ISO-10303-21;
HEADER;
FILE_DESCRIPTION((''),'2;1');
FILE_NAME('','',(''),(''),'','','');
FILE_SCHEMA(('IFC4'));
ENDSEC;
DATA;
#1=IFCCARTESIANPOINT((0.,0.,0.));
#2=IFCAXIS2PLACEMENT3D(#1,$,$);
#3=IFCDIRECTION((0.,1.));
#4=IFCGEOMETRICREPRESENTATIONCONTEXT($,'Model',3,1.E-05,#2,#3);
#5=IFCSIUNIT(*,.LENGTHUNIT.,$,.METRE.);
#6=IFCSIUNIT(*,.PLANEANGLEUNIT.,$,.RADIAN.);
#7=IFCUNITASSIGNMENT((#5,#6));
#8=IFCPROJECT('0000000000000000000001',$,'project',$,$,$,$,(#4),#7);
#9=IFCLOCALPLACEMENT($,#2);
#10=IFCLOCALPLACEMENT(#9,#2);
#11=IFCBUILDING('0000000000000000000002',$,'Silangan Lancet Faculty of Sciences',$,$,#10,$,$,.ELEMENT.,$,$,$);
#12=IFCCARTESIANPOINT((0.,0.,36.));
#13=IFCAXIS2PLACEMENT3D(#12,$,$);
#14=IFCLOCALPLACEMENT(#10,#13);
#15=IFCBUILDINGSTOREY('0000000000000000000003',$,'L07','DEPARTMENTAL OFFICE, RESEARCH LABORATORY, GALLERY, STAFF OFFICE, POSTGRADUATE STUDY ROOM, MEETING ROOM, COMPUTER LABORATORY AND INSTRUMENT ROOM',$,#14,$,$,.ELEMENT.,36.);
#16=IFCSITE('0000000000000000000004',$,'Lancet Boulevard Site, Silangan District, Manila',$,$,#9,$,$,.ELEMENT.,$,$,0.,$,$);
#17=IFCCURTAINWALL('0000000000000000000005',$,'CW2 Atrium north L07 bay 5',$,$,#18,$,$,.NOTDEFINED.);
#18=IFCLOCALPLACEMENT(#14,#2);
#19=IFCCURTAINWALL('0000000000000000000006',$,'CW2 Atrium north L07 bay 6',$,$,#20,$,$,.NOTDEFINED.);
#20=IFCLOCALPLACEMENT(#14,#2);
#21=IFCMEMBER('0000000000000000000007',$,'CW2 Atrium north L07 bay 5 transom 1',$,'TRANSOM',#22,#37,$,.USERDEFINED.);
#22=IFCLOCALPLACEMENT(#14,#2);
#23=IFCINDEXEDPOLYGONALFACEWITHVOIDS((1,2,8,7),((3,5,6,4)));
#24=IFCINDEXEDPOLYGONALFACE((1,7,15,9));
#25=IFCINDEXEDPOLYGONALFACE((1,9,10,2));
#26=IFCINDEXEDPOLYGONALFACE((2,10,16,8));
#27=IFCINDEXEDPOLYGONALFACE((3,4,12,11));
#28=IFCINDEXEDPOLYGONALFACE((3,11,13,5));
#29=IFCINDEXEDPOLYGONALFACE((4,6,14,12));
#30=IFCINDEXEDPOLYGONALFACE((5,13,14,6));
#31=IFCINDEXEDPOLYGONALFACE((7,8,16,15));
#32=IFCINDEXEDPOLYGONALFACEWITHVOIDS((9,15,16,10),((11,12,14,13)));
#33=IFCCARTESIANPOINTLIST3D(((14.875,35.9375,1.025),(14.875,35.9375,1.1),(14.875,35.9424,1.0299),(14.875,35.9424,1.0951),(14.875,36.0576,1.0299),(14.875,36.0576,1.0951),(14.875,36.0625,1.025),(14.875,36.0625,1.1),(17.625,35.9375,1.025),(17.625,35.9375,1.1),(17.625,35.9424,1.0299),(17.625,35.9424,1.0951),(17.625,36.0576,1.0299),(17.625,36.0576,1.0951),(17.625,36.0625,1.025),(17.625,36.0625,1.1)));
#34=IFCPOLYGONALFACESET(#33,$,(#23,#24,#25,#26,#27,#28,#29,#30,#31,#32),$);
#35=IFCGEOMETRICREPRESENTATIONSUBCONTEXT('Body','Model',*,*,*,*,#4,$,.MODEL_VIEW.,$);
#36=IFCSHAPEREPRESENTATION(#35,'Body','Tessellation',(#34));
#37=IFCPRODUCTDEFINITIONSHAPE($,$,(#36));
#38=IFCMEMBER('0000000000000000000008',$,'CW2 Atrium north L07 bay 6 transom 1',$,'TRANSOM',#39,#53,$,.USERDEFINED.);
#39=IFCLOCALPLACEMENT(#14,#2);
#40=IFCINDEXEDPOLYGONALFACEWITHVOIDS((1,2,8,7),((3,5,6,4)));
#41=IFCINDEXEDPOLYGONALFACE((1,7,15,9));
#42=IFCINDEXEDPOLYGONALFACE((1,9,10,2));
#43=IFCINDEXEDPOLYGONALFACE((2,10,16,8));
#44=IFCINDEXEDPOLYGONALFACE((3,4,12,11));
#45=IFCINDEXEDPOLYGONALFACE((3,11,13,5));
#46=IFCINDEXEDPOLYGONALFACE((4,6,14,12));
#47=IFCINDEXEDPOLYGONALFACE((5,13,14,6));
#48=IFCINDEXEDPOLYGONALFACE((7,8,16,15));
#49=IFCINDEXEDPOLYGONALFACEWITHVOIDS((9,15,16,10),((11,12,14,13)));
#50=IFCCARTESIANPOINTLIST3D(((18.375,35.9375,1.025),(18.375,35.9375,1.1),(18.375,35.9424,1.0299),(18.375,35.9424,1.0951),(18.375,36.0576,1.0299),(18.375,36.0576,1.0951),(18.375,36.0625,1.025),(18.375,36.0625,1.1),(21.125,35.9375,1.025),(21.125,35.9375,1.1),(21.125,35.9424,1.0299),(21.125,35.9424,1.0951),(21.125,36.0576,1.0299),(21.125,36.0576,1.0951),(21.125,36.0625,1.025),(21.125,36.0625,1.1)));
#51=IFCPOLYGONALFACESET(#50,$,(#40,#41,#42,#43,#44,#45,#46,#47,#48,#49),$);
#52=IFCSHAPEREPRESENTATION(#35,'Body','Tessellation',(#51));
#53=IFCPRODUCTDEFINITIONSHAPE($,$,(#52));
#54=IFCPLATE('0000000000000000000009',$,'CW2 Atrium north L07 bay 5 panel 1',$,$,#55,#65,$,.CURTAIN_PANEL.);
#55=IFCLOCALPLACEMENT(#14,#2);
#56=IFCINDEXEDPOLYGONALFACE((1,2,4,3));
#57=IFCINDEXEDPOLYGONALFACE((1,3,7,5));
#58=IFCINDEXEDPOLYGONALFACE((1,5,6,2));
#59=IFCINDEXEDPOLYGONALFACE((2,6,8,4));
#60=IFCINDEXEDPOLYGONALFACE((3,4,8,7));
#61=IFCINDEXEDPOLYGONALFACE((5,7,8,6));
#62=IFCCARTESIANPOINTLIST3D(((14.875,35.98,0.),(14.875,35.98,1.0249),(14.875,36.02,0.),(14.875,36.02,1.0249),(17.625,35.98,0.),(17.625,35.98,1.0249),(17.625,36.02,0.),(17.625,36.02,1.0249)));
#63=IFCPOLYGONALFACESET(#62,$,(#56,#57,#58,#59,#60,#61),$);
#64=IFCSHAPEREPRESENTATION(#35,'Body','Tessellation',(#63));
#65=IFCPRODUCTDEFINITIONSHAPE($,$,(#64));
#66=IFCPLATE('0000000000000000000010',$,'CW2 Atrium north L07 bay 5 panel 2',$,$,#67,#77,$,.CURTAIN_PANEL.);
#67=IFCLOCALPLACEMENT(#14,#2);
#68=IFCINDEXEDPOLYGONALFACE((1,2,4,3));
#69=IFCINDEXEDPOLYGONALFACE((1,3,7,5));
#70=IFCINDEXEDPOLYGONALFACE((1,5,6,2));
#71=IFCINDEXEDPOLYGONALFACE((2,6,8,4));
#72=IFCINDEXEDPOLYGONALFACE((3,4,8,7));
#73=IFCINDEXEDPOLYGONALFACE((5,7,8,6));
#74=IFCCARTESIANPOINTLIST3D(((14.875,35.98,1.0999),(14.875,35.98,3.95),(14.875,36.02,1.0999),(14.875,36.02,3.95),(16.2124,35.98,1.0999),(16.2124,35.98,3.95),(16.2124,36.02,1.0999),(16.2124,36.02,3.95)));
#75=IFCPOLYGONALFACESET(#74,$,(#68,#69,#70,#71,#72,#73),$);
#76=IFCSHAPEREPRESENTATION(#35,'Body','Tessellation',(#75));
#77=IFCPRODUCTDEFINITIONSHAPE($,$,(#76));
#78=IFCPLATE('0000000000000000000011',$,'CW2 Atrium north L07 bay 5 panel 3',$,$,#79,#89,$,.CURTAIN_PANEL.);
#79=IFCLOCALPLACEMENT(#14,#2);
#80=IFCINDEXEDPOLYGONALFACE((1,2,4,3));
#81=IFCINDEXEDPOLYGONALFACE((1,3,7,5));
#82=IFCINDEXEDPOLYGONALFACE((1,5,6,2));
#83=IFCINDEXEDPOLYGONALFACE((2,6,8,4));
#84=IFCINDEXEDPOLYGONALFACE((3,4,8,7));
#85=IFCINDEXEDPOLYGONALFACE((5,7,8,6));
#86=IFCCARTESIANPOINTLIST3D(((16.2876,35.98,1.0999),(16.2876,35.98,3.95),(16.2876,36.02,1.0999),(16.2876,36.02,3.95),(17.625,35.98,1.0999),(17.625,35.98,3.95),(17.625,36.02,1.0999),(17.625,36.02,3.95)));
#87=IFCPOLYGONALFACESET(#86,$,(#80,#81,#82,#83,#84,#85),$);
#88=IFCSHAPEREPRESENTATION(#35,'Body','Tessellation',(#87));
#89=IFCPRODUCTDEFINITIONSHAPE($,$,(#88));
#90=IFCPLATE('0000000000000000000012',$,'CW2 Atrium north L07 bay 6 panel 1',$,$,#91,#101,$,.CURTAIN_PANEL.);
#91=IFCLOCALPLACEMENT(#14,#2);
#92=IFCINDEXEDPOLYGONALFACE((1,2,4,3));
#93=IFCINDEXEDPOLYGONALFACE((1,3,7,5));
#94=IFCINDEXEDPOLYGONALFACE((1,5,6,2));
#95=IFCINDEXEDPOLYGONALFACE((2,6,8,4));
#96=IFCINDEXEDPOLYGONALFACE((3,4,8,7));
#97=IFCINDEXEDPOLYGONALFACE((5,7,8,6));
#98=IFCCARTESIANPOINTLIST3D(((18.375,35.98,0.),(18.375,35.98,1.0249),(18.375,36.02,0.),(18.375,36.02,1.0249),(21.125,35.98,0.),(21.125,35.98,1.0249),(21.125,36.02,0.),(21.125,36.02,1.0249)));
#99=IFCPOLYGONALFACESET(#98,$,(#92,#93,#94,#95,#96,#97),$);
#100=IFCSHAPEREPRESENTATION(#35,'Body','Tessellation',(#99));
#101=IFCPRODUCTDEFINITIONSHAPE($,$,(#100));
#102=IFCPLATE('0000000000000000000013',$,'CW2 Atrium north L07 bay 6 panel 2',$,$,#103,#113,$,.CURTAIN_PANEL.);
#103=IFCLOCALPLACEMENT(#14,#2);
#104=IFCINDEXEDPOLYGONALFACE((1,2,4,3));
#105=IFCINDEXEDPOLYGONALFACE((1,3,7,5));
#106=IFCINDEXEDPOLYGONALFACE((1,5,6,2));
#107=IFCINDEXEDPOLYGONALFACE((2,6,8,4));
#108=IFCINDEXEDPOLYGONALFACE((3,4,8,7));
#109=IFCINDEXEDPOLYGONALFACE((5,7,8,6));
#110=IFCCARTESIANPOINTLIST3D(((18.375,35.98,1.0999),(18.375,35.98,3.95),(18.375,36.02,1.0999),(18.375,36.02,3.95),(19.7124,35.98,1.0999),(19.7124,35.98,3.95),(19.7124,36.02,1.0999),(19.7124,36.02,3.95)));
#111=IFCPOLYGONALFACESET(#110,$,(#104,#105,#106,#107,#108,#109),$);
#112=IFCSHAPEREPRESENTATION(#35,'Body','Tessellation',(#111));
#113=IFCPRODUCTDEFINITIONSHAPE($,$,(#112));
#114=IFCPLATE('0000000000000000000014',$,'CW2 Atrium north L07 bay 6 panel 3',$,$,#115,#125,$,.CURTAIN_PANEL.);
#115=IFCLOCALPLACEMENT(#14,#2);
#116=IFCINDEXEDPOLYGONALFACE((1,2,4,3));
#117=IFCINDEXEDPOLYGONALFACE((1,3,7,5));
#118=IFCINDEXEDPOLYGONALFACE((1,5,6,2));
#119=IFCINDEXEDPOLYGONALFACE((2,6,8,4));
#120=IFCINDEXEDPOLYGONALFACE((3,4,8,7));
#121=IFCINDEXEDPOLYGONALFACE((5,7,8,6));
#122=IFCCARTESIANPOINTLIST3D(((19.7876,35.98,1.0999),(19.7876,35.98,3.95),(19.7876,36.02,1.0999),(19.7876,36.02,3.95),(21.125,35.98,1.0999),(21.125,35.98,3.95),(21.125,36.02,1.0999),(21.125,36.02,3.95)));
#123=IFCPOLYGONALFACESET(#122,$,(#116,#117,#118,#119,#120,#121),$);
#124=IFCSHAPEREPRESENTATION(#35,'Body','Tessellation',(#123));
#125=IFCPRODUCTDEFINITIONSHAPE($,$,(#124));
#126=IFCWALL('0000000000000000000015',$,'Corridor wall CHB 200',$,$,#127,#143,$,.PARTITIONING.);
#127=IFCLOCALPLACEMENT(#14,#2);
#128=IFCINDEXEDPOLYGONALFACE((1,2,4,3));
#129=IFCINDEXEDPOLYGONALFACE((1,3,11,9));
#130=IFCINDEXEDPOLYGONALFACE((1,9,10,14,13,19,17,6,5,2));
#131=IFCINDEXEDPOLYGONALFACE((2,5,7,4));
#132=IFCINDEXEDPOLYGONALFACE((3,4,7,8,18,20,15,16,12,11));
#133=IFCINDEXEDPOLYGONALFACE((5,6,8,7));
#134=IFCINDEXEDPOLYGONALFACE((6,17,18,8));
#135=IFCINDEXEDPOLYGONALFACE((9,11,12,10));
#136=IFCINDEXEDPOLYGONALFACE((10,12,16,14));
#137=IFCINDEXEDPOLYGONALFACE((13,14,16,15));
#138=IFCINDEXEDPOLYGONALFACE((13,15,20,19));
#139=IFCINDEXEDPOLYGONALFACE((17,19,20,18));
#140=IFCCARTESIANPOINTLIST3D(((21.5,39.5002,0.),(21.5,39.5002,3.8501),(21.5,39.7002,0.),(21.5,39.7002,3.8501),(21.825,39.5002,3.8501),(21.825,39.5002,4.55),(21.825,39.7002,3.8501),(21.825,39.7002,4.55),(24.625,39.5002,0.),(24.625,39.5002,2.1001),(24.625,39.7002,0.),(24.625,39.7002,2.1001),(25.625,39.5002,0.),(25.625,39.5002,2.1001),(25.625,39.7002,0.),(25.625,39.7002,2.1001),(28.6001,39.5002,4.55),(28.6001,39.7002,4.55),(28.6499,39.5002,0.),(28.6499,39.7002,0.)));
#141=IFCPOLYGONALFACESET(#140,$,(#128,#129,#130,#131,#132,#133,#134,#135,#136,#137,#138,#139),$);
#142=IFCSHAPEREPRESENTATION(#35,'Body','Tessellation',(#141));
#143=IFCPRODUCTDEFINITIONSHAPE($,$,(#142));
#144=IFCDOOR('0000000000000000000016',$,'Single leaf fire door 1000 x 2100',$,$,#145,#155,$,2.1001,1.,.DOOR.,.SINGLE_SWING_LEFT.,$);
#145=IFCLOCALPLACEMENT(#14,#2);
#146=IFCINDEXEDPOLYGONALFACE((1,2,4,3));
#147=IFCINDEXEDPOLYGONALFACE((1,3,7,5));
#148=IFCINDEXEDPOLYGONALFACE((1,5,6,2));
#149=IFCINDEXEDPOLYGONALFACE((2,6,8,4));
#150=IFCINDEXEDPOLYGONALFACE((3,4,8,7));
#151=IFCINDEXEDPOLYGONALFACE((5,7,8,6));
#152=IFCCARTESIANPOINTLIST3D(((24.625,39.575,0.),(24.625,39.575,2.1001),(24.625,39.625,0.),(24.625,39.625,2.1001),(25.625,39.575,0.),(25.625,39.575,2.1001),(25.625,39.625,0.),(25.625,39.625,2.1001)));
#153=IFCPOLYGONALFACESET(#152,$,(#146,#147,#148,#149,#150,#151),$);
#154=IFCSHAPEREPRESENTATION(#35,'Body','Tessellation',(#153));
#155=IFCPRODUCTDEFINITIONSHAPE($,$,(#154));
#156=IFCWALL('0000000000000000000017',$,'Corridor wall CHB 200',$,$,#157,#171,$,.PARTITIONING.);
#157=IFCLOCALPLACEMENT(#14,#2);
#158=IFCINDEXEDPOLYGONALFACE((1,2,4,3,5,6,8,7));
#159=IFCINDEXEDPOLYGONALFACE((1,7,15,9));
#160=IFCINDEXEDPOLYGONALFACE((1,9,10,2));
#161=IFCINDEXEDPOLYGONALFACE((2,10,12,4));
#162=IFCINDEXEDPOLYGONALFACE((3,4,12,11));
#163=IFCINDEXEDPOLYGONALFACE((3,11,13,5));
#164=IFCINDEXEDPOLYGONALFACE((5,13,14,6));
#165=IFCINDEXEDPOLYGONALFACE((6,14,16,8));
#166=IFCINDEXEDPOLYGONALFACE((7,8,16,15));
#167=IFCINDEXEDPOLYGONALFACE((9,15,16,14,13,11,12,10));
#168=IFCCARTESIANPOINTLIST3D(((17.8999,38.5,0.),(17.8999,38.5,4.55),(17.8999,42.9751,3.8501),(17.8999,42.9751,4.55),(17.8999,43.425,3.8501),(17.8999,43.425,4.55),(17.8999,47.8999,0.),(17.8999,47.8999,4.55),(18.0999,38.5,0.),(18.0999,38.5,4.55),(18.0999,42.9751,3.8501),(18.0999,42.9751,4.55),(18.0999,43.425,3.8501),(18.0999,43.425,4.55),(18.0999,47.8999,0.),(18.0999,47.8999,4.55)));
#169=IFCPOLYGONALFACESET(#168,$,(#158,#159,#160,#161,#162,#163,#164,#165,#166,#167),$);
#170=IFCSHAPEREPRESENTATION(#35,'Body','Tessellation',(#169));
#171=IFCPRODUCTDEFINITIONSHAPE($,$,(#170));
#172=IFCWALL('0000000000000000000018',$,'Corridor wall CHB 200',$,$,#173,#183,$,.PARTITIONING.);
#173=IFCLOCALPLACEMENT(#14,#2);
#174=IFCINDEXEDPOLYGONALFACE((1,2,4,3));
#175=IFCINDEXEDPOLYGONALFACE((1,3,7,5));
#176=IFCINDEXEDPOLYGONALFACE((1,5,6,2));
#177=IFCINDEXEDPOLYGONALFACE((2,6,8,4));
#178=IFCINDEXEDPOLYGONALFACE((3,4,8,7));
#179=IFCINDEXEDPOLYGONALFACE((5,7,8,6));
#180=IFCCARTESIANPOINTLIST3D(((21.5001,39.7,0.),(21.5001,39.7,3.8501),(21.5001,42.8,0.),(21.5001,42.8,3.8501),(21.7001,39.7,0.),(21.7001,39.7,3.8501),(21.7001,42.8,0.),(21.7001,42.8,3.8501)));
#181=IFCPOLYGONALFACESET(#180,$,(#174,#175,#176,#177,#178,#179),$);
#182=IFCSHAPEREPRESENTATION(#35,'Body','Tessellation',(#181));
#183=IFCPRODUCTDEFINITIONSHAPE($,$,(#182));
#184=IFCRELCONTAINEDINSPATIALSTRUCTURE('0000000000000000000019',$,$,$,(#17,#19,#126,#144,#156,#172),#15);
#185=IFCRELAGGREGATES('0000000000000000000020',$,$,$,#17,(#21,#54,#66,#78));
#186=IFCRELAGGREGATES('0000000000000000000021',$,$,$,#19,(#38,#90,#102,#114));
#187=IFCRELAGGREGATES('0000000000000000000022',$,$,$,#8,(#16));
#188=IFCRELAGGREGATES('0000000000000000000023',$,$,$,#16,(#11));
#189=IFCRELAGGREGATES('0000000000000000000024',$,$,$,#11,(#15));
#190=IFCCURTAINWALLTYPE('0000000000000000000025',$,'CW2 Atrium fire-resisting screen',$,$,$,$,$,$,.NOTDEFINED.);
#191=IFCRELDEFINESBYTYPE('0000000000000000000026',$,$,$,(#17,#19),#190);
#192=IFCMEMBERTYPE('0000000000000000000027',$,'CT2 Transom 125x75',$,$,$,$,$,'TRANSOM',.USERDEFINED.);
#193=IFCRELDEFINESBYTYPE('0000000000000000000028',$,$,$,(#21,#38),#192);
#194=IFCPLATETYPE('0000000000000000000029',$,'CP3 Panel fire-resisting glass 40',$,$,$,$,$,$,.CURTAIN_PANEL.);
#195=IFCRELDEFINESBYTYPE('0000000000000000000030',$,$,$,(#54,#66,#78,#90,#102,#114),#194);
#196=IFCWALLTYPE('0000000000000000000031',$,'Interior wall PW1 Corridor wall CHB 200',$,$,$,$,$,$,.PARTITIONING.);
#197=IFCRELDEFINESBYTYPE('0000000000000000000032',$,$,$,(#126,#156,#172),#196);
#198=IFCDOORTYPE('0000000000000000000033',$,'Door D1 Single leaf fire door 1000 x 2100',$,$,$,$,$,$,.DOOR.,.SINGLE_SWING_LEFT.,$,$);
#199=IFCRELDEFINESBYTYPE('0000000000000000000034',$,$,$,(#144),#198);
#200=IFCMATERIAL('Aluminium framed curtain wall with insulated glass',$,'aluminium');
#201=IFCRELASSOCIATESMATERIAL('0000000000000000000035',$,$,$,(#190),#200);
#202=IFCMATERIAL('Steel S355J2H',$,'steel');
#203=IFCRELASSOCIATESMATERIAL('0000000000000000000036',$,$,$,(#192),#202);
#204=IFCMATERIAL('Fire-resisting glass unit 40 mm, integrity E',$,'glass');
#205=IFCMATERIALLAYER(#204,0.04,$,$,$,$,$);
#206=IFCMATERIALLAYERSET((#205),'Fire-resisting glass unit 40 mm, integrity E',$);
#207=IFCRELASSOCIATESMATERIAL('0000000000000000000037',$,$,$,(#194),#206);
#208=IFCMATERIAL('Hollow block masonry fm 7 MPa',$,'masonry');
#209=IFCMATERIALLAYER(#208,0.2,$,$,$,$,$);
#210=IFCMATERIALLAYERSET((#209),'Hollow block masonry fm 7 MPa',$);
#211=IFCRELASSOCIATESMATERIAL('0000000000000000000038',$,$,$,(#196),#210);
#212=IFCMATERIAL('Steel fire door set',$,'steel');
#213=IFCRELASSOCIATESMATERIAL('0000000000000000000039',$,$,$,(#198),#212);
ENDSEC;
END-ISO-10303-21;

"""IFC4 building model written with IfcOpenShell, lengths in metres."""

from ifc_helpers import new_model, si_unit, direction, frame, frame_2d, origin, origin_2d, place, context, subcontext, project, spatial, polyline, rectangle, hollow_rectangle, outline, extrude, material, layer, layer_set, material_profile, profile_set, type_object, element, fill, aggregate, save


model = new_model("IFC4")

# Units and contexts
model_context = context("Model", 3, precision=1e-05, world=origin(), true_north=direction((0.0, 1.0)))
body_context = subcontext(model_context, "Body", "Model", "MODEL_VIEW")
ifc_project = project(units=[si_unit("LENGTHUNIT", "METRE"), si_unit("PLANEANGLEUNIT", "RADIAN")], contexts=[model_context])

# Site, building, storey
site_placement = place(None, origin())
site = spatial("IfcSite", under=ifc_project, at=site_placement, Name="Lancet Boulevard Site, Silangan District, Manila", CompositionType="ELEMENT", RefElevation=0.0)
building_placement = place(site_placement, origin())
building = spatial("IfcBuilding", under=site, at=building_placement, Name="Silangan Lancet Faculty of Sciences", CompositionType="ELEMENT")
storey_placement = place(building_placement, frame((0.0, 0.0, 36.0)))
storey = spatial("IfcBuildingStorey", under=building, at=storey_placement, Name="L07", Description="DEPARTMENTAL OFFICE, RESEARCH LABORATORY, GALLERY, STAFF OFFICE, POSTGRADUATE STUDY ROOM, MEETING ROOM, COMPUTER LABORATORY AND INSTRUMENT ROOM", CompositionType="ELEMENT", Elevation=36.0)

# Curtain walls
ifc_material_1 = material(Name="Aluminium framed curtain wall with insulated glass", Category="aluminium")
curtain_wall_type = type_object("IfcCurtainWallType", Name="CW2 Atrium fire-resisting screen", PredefinedType="NOTDEFINED", material=ifc_material_1)
curtain_wall_1_placement = place(storey_placement, origin())
curtain_wall_1 = element("IfcCurtainWall", 1, at=curtain_wall_1_placement, inside=storey, type_object=curtain_wall_type, Name="CW2 Atrium north L07 bay 5", PredefinedType="NOTDEFINED")
curtain_wall_2_placement = place(storey_placement, origin())
curtain_wall_2 = element("IfcCurtainWall", 2, at=curtain_wall_2_placement, inside=storey, type_object=curtain_wall_type, Name="CW2 Atrium north L07 bay 6", PredefinedType="NOTDEFINED")

# Members
ifc_material_2 = material(Name="Steel S355J2H", Category="steel")
ifc_material_profile_1 = material_profile(ifc_material_2, hollow_rectangle(XDim=0.125, YDim=0.075, WallThickness=0.0049, at=origin_2d()), Name="ST BOX 125x75x5")
ifc_profile_set_1 = profile_set([ifc_material_profile_1], Name="Steel S355J2H")
member_type_1 = type_object("IfcMemberType", Name="CT2 Transom 125x75", ElementType="TRANSOM", PredefinedType="USERDEFINED", material=ifc_profile_set_1)
member_1_placement = place(storey_placement, frame((14.875, 36.0, 1.0625), z_axis=(1.0, 0.0, 0.0), x_axis=(0.0, 1.0, 0.0)))
member_1 = element("IfcMember", 3, at=member_1_placement, type_object=member_type_1, Name="CW2 Atrium north L07 bay 5 transom 1", ObjectType="TRANSOM", PredefinedType="USERDEFINED", context=body_context, shape_type="SweptSolid", body=[
    extrude(hollow_rectangle(XDim=0.125, YDim=0.075, WallThickness=0.0049, at=origin_2d()), origin(), (0.0, 0.0, 1.0), 2.75),
])
member_2_placement = place(storey_placement, frame((18.375, 36.0, 1.0625), z_axis=(1.0, 0.0, 0.0), x_axis=(0.0, 1.0, 0.0)))
member_2 = element("IfcMember", 4, at=member_2_placement, type_object=member_type_1, Name="CW2 Atrium north L07 bay 6 transom 1", ObjectType="TRANSOM", PredefinedType="USERDEFINED", context=body_context, shape_type="SweptSolid", body=[
    extrude(hollow_rectangle(XDim=0.125, YDim=0.075, WallThickness=0.0049, at=origin_2d()), origin(), (0.0, 0.0, 1.0), 2.75),
])

# Plates
ifc_material_3 = material(Name="Fire-resisting glass unit 40 mm, integrity E", Category="glass")
ifc_layer_1 = layer(ifc_material_3, 0.04)
ifc_layer_set_1 = layer_set([ifc_layer_1], Name="Fire-resisting glass unit 40 mm, integrity E")
plate_type = type_object("IfcPlateType", Name="CP3 Panel fire-resisting glass 40", PredefinedType="CURTAIN_PANEL", material=ifc_layer_set_1)
plate_1_placement = place(storey_placement, frame((16.25, 36.0, 0.0), z_axis=(0.0, 0.0, 1.0), x_axis=(1.0, 0.0, 0.0)))
plate_1 = element("IfcPlate", 5, at=plate_1_placement, type_object=plate_type, Name="CW2 Atrium north L07 bay 5 panel 1", PredefinedType="CURTAIN_PANEL", context=body_context, shape_type="SweptSolid", body=[
    extrude(rectangle(XDim=2.75, YDim=0.04, at=origin_2d()), origin(), (0.0, 0.0, 1.0), 1.0249),
])
plate_2_placement = place(storey_placement, frame((15.5437, 36.0, 1.0999), z_axis=(0.0, 0.0, 1.0), x_axis=(1.0, 0.0, 0.0)))
plate_2 = element("IfcPlate", 6, at=plate_2_placement, type_object=plate_type, Name="CW2 Atrium north L07 bay 5 panel 2", PredefinedType="CURTAIN_PANEL", context=body_context, shape_type="SweptSolid", body=[
    extrude(rectangle(XDim=1.3374, YDim=0.04, at=origin_2d()), origin(), (0.0, 0.0, 1.0), 2.8501),
])
plate_3_placement = place(storey_placement, frame((16.9563, 36.0, 1.0999), z_axis=(0.0, 0.0, 1.0), x_axis=(1.0, 0.0, 0.0)))
plate_3 = element("IfcPlate", 7, at=plate_3_placement, type_object=plate_type, Name="CW2 Atrium north L07 bay 5 panel 3", PredefinedType="CURTAIN_PANEL", context=body_context, shape_type="SweptSolid", body=[
    extrude(rectangle(XDim=1.3374, YDim=0.04, at=origin_2d()), origin(), (0.0, 0.0, 1.0), 2.8501),
])
aggregate(curtain_wall_1, [member_1, plate_1, plate_2, plate_3])
plate_4_placement = place(storey_placement, frame((19.75, 36.0, 0.0), z_axis=(0.0, 0.0, 1.0), x_axis=(1.0, 0.0, 0.0)))
plate_4 = element("IfcPlate", 8, at=plate_4_placement, type_object=plate_type, Name="CW2 Atrium north L07 bay 6 panel 1", PredefinedType="CURTAIN_PANEL", context=body_context, shape_type="SweptSolid", body=[
    extrude(rectangle(XDim=2.75, YDim=0.04, at=origin_2d()), origin(), (0.0, 0.0, 1.0), 1.0249),
])
plate_5_placement = place(storey_placement, frame((19.0437, 36.0, 1.0999), z_axis=(0.0, 0.0, 1.0), x_axis=(1.0, 0.0, 0.0)))
plate_5 = element("IfcPlate", 9, at=plate_5_placement, type_object=plate_type, Name="CW2 Atrium north L07 bay 6 panel 2", PredefinedType="CURTAIN_PANEL", context=body_context, shape_type="SweptSolid", body=[
    extrude(rectangle(XDim=1.3374, YDim=0.04, at=origin_2d()), origin(), (0.0, 0.0, 1.0), 2.8501),
])
plate_6_placement = place(storey_placement, frame((20.4563, 36.0, 1.0999), z_axis=(0.0, 0.0, 1.0), x_axis=(1.0, 0.0, 0.0)))
plate_6 = element("IfcPlate", 10, at=plate_6_placement, type_object=plate_type, Name="CW2 Atrium north L07 bay 6 panel 3", PredefinedType="CURTAIN_PANEL", context=body_context, shape_type="SweptSolid", body=[
    extrude(rectangle(XDim=1.3374, YDim=0.04, at=origin_2d()), origin(), (0.0, 0.0, 1.0), 2.8501),
])
aggregate(curtain_wall_2, [member_2, plate_4, plate_5, plate_6])

# Wall, opening, door
ifc_material_4 = material(Name="Hollow block masonry fm 7 MPa", Category="masonry")
ifc_layer_2 = layer(ifc_material_4, 0.2)
ifc_layer_set_2 = layer_set([ifc_layer_2], Name="Hollow block masonry fm 7 MPa")
wall_type_1 = type_object("IfcWallType", Name="Interior wall PW1 Corridor wall CHB 200", PredefinedType="PARTITIONING", material=ifc_layer_set_2)
wall_1_placement = place(storey_placement, frame((21.5, 39.6001, 0.0), z_axis=(0.0, 0.0, 1.0), x_axis=(1.0, 0.0, 0.0)))
wall_1 = element("IfcWall", 11, at=wall_1_placement, inside=storey, type_object=wall_type_1, Name="Corridor wall CHB 200", PredefinedType="PARTITIONING", context=body_context, shape_type="SweptSolid", body=[
    extrude(outline(polyline([(0.0, 0.0), (7.1499, 0.0), (7.1001, 4.55), (0.325, 4.55), (0.325, 3.8501), (0.0, 3.8501), (0.0, 0.0)])), frame((0.0, 0.1001, 0.0), z_axis=(0.0, -1.0, 0.0), x_axis=(1.0, 0.0, 0.0)), (0.0, 0.0, 1.0), 0.2),
])
opening_placement = place(wall_1_placement, frame((3.125, 0.0, 0.0)))
opening = element("IfcOpeningElement", 12, at=opening_placement, cuts=wall_1, PredefinedType="OPENING", context=body_context, shape_type="SweptSolid", body=[
    extrude(rectangle(XDim=1.0, YDim=2.1001, at=frame_2d((0.5, 1.05))), frame((0.0, 0.1099, 0.0), z_axis=(0.0, -1.0, 0.0), x_axis=(1.0, 0.0, 0.0)), (0.0, 0.0, 1.0), 0.22),
])
ifc_material_5 = material(Name="Steel fire door set", Category="steel")
door_type = type_object("IfcDoorType", Name="Door D1 Single leaf fire door 1000 x 2100", OperationType="SINGLE_SWING_LEFT", PredefinedType="DOOR", material=ifc_material_5)
door_placement = place(opening_placement, origin())
door = element("IfcDoor", 13, at=door_placement, inside=storey, type_object=door_type, Name="Single leaf fire door 1000 x 2100", OperationType="SINGLE_SWING_LEFT", OverallHeight=2.1001, OverallWidth=1.0, PredefinedType="DOOR", context=body_context, shape_type="SweptSolid", body=[
    extrude(rectangle(XDim=1.0, YDim=2.1001, at=frame_2d((0.5, 1.05))), frame((0.0, 0.0249, 0.0), z_axis=(0.0, -1.0, 0.0), x_axis=(1.0, 0.0, 0.0)), (0.0, 0.0, 1.0), 0.05),
])
fill(opening, door)

# Walls
wall_2_placement = place(storey_placement, frame((18.0, 38.5, 0.0), z_axis=(0.0, 0.0, 1.0), x_axis=(0.0, 1.0, 0.0)))
element("IfcWall", 14, at=wall_2_placement, inside=storey, type_object=wall_type_1, Name="Corridor wall CHB 200", PredefinedType="PARTITIONING", context=body_context, shape_type="SweptSolid", body=[
    extrude(outline(polyline([(0.0, 0.0), (9.3999, 0.0), (9.3999, 4.55), (4.925, 4.55), (4.925, 3.8501), (4.4751, 3.8501), (4.4751, 4.55), (0.0, 4.55), (0.0, 0.0)])), frame((0.0, 0.1001, 0.0), z_axis=(0.0, -1.0, 0.0), x_axis=(1.0, 0.0, 0.0)), (0.0, 0.0, 1.0), 0.2),
])
wall_3_placement = place(storey_placement, frame((21.6001, 39.7, 0.0), z_axis=(0.0, 0.0, 1.0), x_axis=(0.0, 1.0, 0.0)))
element("IfcWall", 15, at=wall_3_placement, inside=storey, type_object=wall_type_1, Name="Corridor wall CHB 200", PredefinedType="PARTITIONING", context=body_context, shape_type="SweptSolid", body=[
    extrude(rectangle(XDim=3.1001, YDim=0.2, at=frame_2d((1.55, 0.0))), origin(), (0.0, 0.0, 1.0), 3.8501),
])

save(model, "model.ifc")
